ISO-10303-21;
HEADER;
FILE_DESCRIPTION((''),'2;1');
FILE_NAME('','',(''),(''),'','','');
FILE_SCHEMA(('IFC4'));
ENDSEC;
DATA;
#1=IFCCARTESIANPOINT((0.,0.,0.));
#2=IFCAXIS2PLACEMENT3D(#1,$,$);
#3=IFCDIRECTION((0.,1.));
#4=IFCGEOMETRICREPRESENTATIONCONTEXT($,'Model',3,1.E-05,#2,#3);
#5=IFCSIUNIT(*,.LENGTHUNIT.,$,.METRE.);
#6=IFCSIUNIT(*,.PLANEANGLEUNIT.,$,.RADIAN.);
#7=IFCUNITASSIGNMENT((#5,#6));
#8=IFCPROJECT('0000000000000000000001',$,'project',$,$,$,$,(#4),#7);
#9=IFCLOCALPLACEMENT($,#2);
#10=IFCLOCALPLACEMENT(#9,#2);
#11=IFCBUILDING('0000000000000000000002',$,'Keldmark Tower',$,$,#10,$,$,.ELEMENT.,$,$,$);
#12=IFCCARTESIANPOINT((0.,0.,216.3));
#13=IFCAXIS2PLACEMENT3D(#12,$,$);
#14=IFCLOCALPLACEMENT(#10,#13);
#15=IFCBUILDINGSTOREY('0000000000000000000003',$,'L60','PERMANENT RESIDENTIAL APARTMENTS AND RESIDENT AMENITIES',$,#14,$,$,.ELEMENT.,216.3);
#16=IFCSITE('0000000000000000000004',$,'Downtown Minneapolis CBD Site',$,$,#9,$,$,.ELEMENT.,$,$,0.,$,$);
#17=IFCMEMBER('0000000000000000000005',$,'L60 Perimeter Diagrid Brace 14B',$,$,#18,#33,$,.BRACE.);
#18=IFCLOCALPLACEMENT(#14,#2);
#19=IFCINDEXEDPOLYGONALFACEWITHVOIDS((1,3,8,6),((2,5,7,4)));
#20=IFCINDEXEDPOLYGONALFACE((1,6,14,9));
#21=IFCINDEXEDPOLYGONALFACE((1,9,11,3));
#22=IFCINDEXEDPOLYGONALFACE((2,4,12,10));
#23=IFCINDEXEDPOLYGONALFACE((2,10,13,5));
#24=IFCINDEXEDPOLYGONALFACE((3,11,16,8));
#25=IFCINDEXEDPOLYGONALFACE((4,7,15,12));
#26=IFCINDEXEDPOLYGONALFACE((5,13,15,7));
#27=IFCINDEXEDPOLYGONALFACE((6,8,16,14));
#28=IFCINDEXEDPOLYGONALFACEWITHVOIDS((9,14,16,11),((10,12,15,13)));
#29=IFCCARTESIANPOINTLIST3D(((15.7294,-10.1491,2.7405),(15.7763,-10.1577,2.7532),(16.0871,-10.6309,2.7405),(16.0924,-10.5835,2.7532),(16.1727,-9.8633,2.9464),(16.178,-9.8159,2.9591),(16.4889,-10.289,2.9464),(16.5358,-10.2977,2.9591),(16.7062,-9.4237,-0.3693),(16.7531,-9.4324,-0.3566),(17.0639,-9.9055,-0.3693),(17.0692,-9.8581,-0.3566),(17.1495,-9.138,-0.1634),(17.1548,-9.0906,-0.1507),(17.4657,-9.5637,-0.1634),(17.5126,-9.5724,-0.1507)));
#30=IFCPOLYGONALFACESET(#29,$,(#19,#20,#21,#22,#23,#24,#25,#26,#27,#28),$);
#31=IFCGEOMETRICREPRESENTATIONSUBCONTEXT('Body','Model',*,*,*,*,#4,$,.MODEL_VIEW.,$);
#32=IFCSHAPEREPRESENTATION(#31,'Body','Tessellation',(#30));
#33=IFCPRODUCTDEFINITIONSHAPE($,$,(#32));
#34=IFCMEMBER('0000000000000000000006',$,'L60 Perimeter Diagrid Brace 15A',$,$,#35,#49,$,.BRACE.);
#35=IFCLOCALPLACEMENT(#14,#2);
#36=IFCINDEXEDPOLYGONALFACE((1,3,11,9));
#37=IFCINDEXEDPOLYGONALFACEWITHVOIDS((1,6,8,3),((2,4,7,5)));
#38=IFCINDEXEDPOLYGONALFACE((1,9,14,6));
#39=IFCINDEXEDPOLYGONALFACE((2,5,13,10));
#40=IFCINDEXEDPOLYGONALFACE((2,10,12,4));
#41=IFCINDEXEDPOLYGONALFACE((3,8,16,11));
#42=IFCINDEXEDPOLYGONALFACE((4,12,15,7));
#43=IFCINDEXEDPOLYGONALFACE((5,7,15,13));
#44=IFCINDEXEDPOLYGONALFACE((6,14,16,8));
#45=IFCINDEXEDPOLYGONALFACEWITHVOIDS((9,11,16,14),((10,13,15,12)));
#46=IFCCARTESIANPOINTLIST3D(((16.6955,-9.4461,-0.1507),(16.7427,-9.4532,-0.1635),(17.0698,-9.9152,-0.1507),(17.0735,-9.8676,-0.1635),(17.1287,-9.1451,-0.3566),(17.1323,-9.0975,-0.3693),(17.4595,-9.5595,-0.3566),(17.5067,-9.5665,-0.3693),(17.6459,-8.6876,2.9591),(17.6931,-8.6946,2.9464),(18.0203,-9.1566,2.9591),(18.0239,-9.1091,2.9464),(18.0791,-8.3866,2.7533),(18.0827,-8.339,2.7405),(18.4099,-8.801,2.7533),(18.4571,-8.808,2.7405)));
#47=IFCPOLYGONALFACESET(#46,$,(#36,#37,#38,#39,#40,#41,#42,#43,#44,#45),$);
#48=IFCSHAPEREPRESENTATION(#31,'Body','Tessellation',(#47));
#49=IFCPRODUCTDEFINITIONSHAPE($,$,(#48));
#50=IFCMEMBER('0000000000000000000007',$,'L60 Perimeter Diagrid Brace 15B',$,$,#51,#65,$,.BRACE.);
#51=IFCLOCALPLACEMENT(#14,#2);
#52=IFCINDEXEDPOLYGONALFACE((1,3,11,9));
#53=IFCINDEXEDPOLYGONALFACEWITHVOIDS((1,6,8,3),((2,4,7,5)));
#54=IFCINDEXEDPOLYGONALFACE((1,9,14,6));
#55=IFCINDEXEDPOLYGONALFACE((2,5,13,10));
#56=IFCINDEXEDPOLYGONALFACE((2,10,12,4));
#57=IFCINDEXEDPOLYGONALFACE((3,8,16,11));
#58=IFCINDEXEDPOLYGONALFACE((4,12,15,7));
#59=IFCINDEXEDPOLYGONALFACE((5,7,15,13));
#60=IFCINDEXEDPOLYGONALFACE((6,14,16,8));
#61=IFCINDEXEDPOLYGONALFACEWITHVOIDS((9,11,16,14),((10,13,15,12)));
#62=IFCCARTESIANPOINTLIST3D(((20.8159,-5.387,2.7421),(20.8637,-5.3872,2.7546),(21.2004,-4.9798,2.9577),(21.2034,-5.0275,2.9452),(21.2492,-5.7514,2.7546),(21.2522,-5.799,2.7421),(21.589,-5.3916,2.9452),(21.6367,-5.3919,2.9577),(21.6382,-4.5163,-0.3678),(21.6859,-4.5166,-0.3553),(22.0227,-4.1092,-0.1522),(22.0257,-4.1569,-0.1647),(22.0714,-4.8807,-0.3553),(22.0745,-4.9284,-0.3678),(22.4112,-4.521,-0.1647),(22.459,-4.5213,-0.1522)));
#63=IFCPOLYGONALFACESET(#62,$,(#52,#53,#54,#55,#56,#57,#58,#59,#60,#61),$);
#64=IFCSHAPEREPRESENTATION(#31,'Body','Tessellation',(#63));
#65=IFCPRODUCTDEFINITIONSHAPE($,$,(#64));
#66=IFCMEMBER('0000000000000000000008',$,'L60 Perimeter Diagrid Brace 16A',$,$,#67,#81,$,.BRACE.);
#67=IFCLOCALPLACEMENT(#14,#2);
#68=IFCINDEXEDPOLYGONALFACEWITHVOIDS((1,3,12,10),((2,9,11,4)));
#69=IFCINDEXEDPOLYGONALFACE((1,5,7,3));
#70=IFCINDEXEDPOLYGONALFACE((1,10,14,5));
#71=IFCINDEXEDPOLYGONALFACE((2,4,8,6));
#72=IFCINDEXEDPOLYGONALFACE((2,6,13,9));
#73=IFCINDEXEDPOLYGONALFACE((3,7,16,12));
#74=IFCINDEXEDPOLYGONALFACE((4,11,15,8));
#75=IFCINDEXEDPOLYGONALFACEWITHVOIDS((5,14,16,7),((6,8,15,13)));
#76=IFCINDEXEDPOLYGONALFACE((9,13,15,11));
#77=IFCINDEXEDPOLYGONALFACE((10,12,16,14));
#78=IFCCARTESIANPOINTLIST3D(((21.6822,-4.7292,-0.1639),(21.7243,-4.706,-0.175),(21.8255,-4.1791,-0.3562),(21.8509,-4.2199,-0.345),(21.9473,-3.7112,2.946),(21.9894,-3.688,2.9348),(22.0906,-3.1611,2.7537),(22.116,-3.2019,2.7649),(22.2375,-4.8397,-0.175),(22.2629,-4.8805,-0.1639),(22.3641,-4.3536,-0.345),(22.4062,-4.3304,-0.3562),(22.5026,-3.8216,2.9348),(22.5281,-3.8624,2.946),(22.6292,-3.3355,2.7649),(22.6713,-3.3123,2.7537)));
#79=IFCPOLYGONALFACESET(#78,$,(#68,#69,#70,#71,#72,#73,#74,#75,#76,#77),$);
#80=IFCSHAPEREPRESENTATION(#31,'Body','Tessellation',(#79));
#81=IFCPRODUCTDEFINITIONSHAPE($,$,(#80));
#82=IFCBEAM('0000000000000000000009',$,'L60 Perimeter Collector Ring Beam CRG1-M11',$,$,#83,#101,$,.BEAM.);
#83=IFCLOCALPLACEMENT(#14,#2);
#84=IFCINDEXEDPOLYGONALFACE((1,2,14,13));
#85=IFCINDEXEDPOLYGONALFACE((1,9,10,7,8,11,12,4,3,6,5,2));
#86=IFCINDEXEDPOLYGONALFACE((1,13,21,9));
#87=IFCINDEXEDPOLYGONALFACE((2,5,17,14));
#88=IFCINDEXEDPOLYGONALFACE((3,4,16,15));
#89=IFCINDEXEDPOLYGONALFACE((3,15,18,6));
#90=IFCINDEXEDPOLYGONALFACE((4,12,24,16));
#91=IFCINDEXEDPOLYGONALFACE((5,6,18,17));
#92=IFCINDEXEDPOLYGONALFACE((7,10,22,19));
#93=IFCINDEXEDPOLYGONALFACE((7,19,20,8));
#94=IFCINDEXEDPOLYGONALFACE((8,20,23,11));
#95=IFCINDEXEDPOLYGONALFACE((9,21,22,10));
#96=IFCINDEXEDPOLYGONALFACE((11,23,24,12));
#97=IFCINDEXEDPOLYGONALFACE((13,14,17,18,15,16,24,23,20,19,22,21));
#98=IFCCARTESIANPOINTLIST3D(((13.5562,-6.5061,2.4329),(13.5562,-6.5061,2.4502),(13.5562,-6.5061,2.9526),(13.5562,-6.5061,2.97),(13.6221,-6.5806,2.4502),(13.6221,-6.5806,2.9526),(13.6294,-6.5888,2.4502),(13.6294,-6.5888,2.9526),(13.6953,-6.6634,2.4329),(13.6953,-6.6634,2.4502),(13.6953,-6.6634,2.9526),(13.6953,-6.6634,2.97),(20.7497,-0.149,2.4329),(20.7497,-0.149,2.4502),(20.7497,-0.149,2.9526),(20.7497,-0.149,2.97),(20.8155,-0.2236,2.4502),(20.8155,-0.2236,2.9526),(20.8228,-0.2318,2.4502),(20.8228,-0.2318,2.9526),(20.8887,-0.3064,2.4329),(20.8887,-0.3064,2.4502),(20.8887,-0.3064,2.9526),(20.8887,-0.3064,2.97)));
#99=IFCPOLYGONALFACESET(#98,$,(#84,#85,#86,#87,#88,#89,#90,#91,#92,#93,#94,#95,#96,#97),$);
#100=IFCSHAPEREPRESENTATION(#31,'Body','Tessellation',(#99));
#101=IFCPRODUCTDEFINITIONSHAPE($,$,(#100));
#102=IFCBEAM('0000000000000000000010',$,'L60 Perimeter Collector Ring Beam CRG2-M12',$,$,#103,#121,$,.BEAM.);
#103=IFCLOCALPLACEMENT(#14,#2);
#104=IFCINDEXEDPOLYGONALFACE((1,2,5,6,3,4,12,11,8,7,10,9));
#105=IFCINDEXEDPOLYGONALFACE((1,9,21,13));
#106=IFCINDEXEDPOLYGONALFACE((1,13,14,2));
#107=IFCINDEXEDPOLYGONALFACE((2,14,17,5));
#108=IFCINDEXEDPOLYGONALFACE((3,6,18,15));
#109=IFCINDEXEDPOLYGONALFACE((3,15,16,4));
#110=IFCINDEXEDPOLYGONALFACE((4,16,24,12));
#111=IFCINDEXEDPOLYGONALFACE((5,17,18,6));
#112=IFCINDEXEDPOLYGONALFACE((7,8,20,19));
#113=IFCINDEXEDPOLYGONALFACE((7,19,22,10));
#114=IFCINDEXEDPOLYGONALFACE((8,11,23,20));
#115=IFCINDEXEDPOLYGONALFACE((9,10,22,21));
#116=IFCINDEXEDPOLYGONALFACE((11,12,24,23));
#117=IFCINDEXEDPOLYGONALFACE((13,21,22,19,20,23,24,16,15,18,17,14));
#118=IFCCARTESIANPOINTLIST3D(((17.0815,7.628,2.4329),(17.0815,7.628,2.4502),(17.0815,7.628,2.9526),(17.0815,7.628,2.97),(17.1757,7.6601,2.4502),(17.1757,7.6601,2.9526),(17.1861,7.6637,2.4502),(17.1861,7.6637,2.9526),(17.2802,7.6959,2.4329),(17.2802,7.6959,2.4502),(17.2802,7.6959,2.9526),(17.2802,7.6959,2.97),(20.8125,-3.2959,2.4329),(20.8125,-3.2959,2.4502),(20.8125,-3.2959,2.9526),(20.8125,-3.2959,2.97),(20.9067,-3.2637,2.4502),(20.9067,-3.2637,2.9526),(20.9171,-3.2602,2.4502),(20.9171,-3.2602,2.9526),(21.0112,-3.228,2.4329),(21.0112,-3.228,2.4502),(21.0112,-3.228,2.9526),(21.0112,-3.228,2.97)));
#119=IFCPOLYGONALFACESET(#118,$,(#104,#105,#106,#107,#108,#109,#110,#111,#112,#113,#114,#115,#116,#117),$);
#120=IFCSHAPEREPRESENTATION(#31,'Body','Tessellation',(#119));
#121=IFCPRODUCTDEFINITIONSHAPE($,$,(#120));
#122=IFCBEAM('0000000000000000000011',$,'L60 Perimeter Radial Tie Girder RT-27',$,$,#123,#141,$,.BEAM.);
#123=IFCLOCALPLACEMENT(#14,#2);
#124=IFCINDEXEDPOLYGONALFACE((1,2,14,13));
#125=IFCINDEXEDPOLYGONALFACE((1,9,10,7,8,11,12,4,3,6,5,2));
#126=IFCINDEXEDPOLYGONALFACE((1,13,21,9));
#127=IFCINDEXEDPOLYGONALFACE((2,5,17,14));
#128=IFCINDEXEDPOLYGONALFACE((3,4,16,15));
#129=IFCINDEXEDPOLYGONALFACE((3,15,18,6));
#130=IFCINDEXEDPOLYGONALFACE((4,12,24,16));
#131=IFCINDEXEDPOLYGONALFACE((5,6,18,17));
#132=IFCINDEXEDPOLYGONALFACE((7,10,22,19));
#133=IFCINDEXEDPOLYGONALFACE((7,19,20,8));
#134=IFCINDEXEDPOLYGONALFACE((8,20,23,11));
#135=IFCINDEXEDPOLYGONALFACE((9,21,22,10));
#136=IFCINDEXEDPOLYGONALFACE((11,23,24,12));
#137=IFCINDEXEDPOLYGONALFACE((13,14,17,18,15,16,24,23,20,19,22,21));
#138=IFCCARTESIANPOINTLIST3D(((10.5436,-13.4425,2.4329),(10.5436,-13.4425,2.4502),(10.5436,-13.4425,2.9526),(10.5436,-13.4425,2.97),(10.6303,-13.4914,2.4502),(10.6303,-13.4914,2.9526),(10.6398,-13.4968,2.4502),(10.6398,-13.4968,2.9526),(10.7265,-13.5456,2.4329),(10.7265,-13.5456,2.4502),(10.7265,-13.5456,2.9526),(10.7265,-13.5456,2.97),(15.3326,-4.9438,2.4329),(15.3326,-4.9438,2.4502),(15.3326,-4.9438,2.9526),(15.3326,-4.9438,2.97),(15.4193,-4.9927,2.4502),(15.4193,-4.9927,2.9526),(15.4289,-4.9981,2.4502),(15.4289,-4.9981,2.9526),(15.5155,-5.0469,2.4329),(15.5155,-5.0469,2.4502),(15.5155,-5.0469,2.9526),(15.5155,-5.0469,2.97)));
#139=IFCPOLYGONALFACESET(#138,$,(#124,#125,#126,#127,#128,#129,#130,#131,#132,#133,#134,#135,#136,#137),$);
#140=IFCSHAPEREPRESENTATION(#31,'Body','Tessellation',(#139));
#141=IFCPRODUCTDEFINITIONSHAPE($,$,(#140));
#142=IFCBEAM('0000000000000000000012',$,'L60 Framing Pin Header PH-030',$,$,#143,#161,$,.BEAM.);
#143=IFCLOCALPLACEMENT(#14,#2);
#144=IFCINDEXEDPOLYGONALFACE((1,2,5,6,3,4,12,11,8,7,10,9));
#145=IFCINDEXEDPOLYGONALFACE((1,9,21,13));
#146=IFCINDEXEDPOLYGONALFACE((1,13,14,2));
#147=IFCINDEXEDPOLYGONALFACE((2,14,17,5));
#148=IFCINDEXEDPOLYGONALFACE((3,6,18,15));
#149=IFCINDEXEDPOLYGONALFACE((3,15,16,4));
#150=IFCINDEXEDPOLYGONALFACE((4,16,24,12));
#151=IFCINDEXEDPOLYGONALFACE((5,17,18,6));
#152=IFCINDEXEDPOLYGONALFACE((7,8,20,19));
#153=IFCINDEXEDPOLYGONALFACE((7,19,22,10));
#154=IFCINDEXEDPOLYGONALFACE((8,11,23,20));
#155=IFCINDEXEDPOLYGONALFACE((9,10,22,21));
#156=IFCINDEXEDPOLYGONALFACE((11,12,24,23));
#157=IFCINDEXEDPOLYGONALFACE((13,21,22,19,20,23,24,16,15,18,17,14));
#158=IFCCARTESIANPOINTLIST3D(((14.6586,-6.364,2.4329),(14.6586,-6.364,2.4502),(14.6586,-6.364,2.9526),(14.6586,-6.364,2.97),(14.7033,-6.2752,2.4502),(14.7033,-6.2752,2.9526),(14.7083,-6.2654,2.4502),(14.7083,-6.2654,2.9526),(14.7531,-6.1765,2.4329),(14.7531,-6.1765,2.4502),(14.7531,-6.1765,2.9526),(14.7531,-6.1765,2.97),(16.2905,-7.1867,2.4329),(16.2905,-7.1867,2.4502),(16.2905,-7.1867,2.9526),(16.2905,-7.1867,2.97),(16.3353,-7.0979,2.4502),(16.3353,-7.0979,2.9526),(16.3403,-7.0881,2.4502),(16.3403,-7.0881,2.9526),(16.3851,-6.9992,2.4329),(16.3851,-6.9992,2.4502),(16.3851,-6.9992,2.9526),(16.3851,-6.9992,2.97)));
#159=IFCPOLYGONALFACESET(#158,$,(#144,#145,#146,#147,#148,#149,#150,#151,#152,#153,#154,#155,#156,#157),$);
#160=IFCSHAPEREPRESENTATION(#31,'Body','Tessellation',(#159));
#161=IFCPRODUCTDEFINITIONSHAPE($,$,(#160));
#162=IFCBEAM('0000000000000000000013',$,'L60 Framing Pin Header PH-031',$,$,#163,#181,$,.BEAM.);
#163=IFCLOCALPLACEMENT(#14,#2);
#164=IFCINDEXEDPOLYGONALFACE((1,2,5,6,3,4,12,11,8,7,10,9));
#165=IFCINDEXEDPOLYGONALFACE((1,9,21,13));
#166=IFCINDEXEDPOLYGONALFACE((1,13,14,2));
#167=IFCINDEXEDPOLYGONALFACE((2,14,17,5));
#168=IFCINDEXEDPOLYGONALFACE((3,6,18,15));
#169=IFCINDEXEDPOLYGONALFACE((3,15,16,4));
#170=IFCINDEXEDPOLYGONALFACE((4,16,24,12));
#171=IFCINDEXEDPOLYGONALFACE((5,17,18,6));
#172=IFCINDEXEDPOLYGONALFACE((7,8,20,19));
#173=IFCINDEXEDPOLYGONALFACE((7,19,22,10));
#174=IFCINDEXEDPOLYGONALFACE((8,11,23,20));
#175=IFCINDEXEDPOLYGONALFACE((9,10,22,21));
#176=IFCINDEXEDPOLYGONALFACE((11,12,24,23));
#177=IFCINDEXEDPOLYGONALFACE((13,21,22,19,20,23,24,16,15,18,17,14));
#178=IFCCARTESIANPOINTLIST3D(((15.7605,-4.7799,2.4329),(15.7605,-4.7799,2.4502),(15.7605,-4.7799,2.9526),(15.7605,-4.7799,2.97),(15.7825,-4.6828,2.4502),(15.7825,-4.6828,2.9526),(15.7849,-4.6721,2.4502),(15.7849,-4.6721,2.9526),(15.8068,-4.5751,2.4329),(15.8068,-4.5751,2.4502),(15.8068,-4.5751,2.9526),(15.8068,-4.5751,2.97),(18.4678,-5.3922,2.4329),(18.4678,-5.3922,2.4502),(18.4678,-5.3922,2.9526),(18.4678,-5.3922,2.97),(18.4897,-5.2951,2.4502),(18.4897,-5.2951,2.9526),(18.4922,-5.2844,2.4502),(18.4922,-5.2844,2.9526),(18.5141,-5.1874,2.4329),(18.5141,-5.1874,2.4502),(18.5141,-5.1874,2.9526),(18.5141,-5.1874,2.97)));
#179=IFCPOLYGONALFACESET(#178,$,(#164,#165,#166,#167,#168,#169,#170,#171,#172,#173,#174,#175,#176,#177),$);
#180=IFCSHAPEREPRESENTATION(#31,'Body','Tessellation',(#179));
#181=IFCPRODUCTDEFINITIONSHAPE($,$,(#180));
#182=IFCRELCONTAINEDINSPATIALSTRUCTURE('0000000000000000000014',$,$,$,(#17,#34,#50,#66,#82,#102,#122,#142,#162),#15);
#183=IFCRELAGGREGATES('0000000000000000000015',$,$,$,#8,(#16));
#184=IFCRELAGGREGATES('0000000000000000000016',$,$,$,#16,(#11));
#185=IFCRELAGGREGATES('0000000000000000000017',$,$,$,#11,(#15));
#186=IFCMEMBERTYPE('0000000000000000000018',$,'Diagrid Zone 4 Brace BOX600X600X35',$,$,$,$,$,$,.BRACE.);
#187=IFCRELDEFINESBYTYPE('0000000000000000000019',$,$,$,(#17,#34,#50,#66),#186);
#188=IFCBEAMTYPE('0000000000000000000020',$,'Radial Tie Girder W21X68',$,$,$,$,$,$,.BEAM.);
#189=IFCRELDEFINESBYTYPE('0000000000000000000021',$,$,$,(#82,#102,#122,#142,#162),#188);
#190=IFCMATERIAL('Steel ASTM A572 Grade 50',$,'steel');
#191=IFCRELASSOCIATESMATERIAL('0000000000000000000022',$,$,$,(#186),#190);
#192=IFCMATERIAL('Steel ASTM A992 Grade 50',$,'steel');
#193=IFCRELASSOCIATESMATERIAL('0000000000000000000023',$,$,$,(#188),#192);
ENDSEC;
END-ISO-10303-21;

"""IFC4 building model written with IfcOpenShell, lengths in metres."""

from ifc_helpers import new_model, si_unit, direction, frame, origin, origin_2d, place, context, subcontext, project, spatial, hollow_rectangle, i_section, extrude, material, material_profile, profile_set, type_object, element, save


model = new_model("IFC4")

# Units and contexts
model_context = context("Model", 3, precision=1e-05, world=origin(), true_north=direction((0.0, 1.0)))
body_context = subcontext(model_context, "Body", "Model", "MODEL_VIEW")
ifc_project = project(units=[si_unit("LENGTHUNIT", "METRE"), si_unit("PLANEANGLEUNIT", "RADIAN")], contexts=[model_context])

# Site, building, storey
site_placement = place(None, origin())
site = spatial("IfcSite", under=ifc_project, at=site_placement, Name="Downtown Minneapolis CBD Site", CompositionType="ELEMENT", RefElevation=0.0)
building_placement = place(site_placement, origin())
building = spatial("IfcBuilding", under=site, at=building_placement, Name="Keldmark Tower", CompositionType="ELEMENT")
storey_placement = place(building_placement, frame((0.0, 0.0, 216.3)))
storey = spatial("IfcBuildingStorey", under=building, at=storey_placement, Name="L60", Description="PERMANENT RESIDENTIAL APARTMENTS AND RESIDENT AMENITIES", CompositionType="ELEMENT", Elevation=216.3)

# Members
ifc_material_1 = material(Name="Steel ASTM A572 Grade 50", Category="steel")
ifc_material_profile_1 = material_profile(ifc_material_1, hollow_rectangle(XDim=0.6001, YDim=0.6001, WallThickness=0.0349, at=origin_2d()), Name="BOX600X600X35")
ifc_profile_set_1 = profile_set([ifc_material_profile_1], Name="Steel ASTM A572 Grade 50")
member_type = type_object("IfcMemberType", Name="Diagrid Zone 4 Brace BOX600X600X35", PredefinedType="BRACE", material=ifc_profile_set_1)
member_1_placement = place(storey_placement, frame((17.1094, -9.498, -0.26), z_axis=(-0.292511, -0.217208, 0.931267), x_axis=(0.596173, -0.802856, 0.0)))
element("IfcMember", 1, at=member_1_placement, inside=storey, type_object=member_type, Name="L60 Perimeter Diagrid Brace 14B", PredefinedType="BRACE", context=body_context, shape_type="SweptSolid", body=[
    extrude(hollow_rectangle(XDim=0.6001, YDim=0.6001, WallThickness=0.0349, at=origin_2d()), origin(), (0.0, 0.0, 1.0), 3.3394),
])
member_2_placement = place(storey_placement, frame((17.1011, -9.5063, -0.26), z_axis=(0.284634, 0.227167, 0.931332), x_axis=(-0.623789, 0.781593, 0.0)))
element("IfcMember", 2, at=member_2_placement, inside=storey, type_object=member_type, Name="L60 Perimeter Diagrid Brace 15A", PredefinedType="BRACE", context=body_context, shape_type="SweptSolid", body=[
    extrude(hollow_rectangle(XDim=0.6001, YDim=0.6001, WallThickness=0.0349, at=origin_2d()), origin(), (0.0, 0.0, 1.0), 3.3391),
])
member_3_placement = place(storey_placement, frame((22.0486, -4.5188, -0.26), z_axis=(-0.246744, -0.26125, 0.933202), x_axis=(0.727002, -0.686636, 0.0)))
element("IfcMember", 3, at=member_3_placement, inside=storey, type_object=member_type, Name="L60 Perimeter Diagrid Brace 15B", PredefinedType="BRACE", context=body_context, shape_type="SweptSolid", body=[
    extrude(hollow_rectangle(XDim=0.6001, YDim=0.6001, WallThickness=0.0349, at=origin_2d()), origin(), (0.0, 0.0, 1.0), 3.3325),
])
member_4_placement = place(storey_placement, frame((22.0442, -4.5298, -0.26), z_axis=(0.080761, 0.310104, 0.947266), x_axis=(-0.967721, 0.252025, 0.0)))
element("IfcMember", 4, at=member_4_placement, inside=storey, type_object=member_type, Name="L60 Perimeter Diagrid Brace 16A", PredefinedType="BRACE", context=body_context, shape_type="SweptSolid", body=[
    extrude(hollow_rectangle(XDim=0.6001, YDim=0.6001, WallThickness=0.0349, at=origin_2d()), origin(), (0.0, 0.0, 1.0), 3.283),
])

# Beams
ifc_material_2 = material(Name="Steel ASTM A992 Grade 50", Category="steel")
ifc_material_profile_2 = material_profile(ifc_material_2, i_section(OverallWidth=0.21, OverallDepth=0.5371, WebThickness=0.011, FlangeThickness=0.0173, at=origin_2d()), Name="W21X68")
ifc_profile_set_2 = profile_set([ifc_material_profile_2], Name="Steel ASTM A992 Grade 50")
beam_type_1 = type_object("IfcBeamType", Name="Radial Tie Girder W21X68", PredefinedType="BEAM", material=ifc_profile_set_2)
beam_1_placement = place(storey_placement, frame((13.6257, -6.5847, 2.7014), z_axis=(0.749328, 0.662198, 0.0), x_axis=(-0.662198, 0.749328, 0.0)))
element("IfcBeam", 5, at=beam_1_placement, inside=storey, type_object=beam_type_1, Name="L60 Perimeter Collector Ring Beam CRG1-M11", PredefinedType="BEAM", context=body_context, shape_type="SweptSolid", body=[
    extrude(i_section(OverallWidth=0.21, OverallDepth=0.5371, WebThickness=0.011, FlangeThickness=0.0173, at=origin_2d()), origin(), (0.0, 0.0, 1.0), 9.5999),
])
beam_2_placement = place(storey_placement, frame((20.9119, -3.262, 2.7014), z_axis=(-0.323211, 0.946327, 0.0), x_axis=(-0.946327, -0.323211, 0.0)))
element("IfcBeam", 6, at=beam_2_placement, inside=storey, type_object=beam_type_1, Name="L60 Perimeter Collector Ring Beam CRG2-M12", PredefinedType="BEAM", context=body_context, shape_type="SweptSolid", body=[
    extrude(i_section(OverallWidth=0.21, OverallDepth=0.5371, WebThickness=0.011, FlangeThickness=0.0173, at=origin_2d()), origin(), (0.0, 0.0, 1.0), 11.5435),
])
beam_3_placement = place(storey_placement, frame((15.4241, -4.9954, 2.7014), z_axis=(-0.490923, -0.871203, 0.0), x_axis=(0.871203, -0.490923, 0.0)))
element("IfcBeam", 7, at=beam_3_placement, inside=storey, type_object=beam_type_1, Name="L60 Perimeter Radial Tie Girder RT-27", PredefinedType="BEAM", context=body_context, shape_type="SweptSolid", body=[
    extrude(i_section(OverallWidth=0.21, OverallDepth=0.5371, WebThickness=0.011, FlangeThickness=0.0173, at=origin_2d()), origin(), (0.0, 0.0, 1.0), 9.7551),
])
beam_4_placement = place(storey_placement, frame((14.7058, -6.2703, 2.7014), z_axis=(0.892953, -0.45015, 0.0), x_axis=(0.45015, 0.892953, 0.0)))
element("IfcBeam", 8, at=beam_4_placement, inside=storey, type_object=beam_type_1, Name="L60 Framing Pin Header PH-030", PredefinedType="BEAM", context=body_context, shape_type="SweptSolid", body=[
    extrude(i_section(OverallWidth=0.21, OverallDepth=0.5371, WebThickness=0.011, FlangeThickness=0.0173, at=origin_2d()), origin(), (0.0, 0.0, 1.0), 1.8276),
])
beam_5_placement = place(storey_placement, frame((15.7837, -4.6775, 2.7014), z_axis=(0.975365, -0.220598, 0.0), x_axis=(0.220598, 0.975365, 0.0)))
element("IfcBeam", 9, at=beam_5_placement, inside=storey, type_object=beam_type_1, Name="L60 Framing Pin Header PH-031", PredefinedType="BEAM", context=body_context, shape_type="SweptSolid", body=[
    extrude(i_section(OverallWidth=0.21, OverallDepth=0.5371, WebThickness=0.011, FlangeThickness=0.0173, at=origin_2d()), origin(), (0.0, 0.0, 1.0), 2.7756),
])

save(model, "model.ifc")
